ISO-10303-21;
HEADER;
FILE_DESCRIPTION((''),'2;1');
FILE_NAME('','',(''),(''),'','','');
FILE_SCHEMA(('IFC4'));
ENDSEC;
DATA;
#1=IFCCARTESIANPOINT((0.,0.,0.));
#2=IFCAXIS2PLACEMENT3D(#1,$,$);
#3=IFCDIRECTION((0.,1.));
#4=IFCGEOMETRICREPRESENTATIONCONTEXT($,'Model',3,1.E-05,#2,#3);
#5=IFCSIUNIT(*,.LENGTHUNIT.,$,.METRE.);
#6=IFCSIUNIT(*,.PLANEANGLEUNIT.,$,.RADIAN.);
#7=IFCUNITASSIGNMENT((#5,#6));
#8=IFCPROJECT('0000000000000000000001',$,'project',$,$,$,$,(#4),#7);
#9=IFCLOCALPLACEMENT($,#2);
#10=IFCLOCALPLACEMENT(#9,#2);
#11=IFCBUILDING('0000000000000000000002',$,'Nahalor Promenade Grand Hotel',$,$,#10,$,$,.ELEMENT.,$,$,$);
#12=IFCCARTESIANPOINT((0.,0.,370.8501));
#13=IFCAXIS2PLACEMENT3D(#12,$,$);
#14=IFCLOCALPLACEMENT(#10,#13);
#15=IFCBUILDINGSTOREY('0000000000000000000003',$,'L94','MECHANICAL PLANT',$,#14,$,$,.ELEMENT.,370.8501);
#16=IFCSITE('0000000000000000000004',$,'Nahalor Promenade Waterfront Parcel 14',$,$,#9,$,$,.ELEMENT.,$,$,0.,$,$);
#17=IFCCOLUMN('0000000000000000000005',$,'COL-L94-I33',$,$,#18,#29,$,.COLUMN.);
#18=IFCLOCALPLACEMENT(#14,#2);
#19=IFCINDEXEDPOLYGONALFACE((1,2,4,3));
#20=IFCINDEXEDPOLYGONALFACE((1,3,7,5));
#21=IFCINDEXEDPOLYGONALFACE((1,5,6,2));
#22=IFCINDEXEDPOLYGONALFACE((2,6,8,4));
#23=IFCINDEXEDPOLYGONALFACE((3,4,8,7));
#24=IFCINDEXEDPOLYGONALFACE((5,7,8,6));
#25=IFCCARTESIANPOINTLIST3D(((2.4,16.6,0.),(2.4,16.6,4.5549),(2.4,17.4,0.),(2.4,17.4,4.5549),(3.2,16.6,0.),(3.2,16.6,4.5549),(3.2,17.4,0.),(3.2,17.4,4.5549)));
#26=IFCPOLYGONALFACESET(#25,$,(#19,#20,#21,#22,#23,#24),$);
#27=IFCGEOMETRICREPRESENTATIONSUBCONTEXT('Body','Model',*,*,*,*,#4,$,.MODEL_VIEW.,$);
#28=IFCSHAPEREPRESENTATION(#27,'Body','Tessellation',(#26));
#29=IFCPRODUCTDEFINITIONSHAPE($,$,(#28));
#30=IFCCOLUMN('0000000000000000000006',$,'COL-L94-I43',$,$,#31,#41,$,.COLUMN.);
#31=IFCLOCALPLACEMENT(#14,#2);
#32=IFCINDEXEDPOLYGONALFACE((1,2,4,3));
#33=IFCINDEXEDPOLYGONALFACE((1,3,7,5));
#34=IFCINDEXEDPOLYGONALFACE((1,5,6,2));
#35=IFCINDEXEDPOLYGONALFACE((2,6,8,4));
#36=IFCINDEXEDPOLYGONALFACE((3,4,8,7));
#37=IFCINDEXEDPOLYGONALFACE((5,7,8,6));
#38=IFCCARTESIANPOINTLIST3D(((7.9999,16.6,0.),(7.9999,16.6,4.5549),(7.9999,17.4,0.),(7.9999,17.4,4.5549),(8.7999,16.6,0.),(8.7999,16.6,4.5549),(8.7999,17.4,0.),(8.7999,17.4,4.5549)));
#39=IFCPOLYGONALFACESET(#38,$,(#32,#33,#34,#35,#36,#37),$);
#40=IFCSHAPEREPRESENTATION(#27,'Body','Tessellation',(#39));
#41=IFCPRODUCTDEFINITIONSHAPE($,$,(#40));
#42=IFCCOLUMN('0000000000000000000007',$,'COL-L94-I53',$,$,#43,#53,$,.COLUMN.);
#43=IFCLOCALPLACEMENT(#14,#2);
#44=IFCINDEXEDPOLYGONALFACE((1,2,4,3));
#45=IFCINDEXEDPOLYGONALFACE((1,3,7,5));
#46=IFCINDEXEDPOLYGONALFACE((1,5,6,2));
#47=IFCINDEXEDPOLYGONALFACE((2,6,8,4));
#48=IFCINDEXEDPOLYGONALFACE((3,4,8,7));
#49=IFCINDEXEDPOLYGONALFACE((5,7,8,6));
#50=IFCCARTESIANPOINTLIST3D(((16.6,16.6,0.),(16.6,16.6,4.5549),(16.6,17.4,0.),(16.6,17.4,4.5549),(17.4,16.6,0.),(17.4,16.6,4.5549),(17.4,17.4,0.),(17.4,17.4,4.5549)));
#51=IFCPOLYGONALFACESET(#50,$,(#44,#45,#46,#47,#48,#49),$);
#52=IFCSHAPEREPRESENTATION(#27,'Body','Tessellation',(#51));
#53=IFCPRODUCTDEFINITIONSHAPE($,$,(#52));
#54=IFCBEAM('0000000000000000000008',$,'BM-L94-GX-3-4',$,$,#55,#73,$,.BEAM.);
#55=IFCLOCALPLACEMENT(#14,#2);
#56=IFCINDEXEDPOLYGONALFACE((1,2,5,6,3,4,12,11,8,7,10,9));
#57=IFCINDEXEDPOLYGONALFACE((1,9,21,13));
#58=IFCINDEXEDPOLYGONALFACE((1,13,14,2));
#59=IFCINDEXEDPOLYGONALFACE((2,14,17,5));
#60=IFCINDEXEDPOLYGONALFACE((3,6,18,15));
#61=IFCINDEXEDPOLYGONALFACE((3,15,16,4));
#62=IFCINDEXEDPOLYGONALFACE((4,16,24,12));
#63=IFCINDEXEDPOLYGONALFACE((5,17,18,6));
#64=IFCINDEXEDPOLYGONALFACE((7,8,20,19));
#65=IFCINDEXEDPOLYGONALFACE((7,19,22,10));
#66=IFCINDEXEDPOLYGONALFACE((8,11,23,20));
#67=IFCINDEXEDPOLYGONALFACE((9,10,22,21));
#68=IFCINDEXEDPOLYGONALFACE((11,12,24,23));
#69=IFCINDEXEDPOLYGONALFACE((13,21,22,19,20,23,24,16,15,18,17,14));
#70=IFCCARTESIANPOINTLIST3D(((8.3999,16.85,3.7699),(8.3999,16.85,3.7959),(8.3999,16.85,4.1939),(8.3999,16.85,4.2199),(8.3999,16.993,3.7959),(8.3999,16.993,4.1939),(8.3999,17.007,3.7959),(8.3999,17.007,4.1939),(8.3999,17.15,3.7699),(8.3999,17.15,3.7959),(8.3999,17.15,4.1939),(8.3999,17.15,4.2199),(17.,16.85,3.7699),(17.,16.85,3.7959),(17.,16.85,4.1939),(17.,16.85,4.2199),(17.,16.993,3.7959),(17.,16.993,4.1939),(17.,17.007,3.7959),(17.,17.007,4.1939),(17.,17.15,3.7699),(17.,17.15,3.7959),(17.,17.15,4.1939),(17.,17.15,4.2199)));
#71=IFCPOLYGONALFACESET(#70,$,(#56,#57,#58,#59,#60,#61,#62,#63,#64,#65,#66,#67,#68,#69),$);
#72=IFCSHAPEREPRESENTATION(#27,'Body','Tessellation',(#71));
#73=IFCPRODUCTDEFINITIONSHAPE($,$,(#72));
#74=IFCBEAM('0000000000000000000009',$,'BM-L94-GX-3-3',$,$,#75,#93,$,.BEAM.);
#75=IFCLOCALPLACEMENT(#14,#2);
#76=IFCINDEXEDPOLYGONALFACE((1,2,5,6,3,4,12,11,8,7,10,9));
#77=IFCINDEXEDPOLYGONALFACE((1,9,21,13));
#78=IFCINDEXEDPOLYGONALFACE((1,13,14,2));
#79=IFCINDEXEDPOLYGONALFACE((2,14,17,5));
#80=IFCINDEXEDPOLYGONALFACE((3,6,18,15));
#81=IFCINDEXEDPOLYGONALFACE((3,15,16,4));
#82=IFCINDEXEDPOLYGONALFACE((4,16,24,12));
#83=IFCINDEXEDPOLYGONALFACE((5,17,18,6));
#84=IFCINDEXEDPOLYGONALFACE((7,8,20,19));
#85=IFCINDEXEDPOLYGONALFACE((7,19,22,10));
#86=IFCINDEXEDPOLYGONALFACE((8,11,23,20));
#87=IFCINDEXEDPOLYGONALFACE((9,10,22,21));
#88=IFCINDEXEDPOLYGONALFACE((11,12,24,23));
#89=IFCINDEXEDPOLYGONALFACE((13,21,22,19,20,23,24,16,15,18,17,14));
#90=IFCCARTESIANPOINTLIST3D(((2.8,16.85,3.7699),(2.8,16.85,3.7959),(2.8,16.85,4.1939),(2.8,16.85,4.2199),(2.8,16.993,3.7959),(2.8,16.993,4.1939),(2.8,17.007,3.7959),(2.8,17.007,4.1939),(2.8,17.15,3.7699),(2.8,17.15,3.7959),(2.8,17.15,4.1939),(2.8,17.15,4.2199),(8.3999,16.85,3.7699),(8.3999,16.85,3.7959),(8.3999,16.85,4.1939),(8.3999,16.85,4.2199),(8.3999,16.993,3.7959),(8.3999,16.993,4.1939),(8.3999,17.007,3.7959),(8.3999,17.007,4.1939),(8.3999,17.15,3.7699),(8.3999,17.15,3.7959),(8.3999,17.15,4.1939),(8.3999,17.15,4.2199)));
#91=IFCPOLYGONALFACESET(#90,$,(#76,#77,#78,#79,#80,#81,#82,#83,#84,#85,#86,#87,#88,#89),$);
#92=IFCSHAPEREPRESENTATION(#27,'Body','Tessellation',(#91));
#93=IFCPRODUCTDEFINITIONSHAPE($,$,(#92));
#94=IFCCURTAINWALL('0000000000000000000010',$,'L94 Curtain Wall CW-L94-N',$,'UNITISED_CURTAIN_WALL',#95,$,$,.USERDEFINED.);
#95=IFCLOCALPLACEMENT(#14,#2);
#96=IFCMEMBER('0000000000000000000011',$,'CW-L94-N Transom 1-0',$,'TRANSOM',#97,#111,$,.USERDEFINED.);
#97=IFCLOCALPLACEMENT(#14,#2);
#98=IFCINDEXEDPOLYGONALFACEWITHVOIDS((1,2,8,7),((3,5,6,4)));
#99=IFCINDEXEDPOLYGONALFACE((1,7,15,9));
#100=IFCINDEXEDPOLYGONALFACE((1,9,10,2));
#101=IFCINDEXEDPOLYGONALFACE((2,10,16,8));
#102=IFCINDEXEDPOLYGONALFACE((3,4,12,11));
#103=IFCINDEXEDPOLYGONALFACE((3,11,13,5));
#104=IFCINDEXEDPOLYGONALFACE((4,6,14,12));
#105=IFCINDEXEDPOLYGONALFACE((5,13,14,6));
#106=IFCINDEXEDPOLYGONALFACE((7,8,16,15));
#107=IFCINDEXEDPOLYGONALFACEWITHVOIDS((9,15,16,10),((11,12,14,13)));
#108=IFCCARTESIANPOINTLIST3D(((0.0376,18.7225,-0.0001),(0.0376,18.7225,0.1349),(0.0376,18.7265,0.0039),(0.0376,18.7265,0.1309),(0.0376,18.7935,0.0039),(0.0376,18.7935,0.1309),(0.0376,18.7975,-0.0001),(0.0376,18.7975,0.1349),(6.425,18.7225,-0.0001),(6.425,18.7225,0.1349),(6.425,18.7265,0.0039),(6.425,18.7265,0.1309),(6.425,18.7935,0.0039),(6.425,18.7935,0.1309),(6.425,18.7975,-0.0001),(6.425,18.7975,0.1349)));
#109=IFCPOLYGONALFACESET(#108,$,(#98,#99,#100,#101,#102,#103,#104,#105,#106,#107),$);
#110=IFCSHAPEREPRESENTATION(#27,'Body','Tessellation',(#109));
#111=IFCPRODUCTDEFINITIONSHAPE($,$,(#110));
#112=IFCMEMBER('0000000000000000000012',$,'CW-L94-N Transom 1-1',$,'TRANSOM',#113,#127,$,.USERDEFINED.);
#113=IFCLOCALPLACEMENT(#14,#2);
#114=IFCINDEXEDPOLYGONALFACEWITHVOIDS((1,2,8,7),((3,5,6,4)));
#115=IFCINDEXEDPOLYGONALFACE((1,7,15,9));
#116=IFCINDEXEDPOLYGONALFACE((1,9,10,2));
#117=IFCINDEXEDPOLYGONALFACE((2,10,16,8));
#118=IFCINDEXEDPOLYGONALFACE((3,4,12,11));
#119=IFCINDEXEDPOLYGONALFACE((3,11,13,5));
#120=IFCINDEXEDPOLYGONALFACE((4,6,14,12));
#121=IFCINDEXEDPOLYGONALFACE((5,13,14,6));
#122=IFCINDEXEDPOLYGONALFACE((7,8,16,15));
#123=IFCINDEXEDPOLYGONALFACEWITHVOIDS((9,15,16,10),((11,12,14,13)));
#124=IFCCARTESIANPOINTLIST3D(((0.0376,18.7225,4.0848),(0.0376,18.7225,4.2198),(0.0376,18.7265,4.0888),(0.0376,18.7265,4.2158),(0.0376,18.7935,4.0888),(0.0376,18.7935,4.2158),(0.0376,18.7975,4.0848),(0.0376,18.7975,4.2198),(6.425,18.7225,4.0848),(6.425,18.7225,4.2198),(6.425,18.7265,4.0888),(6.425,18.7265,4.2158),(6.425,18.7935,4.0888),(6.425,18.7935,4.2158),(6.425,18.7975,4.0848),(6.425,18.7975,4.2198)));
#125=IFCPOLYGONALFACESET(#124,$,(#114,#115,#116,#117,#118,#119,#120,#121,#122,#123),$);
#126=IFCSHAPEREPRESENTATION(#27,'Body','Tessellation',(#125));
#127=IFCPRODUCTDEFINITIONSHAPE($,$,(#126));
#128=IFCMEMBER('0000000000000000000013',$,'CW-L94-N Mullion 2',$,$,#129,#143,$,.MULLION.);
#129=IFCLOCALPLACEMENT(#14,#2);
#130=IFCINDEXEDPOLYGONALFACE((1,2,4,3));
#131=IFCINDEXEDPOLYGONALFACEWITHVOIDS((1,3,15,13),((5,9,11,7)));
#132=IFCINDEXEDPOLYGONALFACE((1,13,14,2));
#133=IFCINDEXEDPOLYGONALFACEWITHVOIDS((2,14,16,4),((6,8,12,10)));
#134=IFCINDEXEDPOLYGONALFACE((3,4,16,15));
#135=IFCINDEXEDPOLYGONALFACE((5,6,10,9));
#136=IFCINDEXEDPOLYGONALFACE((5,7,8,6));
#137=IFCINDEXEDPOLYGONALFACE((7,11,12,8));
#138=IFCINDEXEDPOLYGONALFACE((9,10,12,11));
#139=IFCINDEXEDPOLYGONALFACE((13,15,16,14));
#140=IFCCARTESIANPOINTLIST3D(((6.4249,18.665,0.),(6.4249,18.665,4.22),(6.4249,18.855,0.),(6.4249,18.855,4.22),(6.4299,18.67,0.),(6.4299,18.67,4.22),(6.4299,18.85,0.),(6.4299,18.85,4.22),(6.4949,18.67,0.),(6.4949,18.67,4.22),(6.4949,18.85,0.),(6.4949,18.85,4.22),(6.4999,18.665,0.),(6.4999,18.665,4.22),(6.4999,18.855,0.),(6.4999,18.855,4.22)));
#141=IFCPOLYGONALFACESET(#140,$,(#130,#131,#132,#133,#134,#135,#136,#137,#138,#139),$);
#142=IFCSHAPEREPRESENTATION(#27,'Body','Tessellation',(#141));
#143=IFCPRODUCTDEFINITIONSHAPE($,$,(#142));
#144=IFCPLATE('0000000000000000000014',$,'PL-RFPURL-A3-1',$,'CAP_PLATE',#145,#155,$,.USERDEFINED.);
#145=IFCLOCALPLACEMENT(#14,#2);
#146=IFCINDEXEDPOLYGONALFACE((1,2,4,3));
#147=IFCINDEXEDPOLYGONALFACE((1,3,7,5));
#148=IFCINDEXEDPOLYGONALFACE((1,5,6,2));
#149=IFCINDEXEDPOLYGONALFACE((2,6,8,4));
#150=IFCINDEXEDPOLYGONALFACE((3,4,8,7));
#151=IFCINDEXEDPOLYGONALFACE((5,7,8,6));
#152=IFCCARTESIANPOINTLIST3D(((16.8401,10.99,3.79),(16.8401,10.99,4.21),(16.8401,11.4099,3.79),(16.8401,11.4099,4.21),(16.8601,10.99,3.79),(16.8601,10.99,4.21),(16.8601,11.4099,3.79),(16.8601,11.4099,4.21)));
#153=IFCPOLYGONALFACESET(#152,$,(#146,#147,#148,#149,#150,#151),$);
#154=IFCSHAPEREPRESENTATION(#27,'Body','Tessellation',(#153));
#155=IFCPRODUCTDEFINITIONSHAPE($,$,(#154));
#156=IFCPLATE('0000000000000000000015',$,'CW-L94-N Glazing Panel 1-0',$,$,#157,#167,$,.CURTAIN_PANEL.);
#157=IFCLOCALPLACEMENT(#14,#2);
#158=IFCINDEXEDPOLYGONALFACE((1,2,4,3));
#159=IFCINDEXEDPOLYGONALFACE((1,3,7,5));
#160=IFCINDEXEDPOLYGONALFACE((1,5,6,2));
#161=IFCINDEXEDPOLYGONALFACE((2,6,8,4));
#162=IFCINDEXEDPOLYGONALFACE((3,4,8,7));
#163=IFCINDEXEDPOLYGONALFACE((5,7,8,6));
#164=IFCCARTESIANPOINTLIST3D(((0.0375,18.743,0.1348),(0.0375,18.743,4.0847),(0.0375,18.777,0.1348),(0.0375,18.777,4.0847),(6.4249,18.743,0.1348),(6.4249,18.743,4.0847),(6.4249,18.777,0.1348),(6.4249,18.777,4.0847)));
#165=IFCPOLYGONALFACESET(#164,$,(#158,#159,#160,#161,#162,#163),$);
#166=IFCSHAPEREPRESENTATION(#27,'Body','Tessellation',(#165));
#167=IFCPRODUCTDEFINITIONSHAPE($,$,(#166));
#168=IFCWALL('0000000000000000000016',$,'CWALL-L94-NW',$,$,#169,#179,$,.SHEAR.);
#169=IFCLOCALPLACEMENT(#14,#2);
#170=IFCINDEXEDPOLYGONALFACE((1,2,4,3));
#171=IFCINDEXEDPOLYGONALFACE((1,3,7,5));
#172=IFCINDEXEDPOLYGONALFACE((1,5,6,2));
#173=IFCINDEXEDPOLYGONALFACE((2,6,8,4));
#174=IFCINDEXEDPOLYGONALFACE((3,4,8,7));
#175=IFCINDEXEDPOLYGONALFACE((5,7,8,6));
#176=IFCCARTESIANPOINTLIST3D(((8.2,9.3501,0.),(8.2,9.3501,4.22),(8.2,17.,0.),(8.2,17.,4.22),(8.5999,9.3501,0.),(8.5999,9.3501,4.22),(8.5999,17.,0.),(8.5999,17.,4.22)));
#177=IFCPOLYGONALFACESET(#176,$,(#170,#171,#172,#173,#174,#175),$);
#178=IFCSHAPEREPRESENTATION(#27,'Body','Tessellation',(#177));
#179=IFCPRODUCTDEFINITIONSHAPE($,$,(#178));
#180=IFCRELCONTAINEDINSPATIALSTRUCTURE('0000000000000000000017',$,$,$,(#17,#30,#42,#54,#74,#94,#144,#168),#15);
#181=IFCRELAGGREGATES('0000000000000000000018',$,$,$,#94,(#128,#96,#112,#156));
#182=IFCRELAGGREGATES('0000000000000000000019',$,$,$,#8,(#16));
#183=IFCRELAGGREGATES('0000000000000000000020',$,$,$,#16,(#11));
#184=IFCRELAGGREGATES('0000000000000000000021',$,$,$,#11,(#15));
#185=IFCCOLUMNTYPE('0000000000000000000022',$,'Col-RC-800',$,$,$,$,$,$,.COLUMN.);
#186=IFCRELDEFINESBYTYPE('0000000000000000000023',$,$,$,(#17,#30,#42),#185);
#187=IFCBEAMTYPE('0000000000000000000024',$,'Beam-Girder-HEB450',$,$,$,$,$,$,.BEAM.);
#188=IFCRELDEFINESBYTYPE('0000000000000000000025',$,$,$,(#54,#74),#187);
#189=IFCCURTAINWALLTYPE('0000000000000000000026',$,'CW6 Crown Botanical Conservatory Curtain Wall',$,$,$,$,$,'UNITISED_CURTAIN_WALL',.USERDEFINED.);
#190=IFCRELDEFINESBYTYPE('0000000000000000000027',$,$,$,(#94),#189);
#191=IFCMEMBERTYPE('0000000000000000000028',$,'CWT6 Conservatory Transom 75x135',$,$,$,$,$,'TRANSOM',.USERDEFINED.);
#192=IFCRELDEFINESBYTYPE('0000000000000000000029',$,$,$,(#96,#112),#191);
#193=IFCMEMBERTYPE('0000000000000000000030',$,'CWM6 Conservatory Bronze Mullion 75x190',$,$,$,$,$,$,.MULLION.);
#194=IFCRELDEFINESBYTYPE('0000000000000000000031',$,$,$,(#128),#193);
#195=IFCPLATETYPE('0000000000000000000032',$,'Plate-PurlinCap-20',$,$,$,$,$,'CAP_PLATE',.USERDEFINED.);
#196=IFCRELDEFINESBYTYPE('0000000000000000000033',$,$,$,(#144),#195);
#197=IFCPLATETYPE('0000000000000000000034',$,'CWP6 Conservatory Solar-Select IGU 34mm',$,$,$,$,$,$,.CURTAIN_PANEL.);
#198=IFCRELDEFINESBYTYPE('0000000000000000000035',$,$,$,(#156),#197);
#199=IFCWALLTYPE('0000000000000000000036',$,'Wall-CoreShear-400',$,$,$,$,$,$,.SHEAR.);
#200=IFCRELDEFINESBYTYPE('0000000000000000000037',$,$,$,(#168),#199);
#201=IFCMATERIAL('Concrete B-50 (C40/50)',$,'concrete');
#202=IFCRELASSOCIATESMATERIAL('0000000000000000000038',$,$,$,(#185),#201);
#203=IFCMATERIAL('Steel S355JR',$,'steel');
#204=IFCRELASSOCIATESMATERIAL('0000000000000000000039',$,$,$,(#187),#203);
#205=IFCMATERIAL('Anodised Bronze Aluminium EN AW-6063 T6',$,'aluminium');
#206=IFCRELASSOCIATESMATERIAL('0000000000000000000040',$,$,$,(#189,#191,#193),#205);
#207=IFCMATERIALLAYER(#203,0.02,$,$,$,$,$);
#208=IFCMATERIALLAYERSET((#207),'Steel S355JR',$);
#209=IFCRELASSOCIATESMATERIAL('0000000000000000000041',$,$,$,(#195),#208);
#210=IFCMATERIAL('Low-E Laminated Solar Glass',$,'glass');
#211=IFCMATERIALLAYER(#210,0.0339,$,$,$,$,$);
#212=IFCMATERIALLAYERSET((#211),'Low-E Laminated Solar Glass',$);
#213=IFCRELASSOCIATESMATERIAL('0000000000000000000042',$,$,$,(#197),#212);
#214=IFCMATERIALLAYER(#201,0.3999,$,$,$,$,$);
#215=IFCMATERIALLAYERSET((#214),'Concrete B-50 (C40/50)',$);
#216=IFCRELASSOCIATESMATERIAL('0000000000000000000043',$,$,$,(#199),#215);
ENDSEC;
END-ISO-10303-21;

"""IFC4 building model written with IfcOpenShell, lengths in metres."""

from ifc_helpers import new_model, si_unit, direction, frame, frame_2d, origin, origin_2d, place, context, subcontext, project, spatial, rectangle, hollow_rectangle, i_section, extrude, source, transform, mapped, material, layer, layer_set, material_profile, profile_set, type_object, element, aggregate, save


model = new_model("IFC4")

# Units and contexts
model_context = context("Model", 3, precision=1e-05, world=origin(), true_north=direction((0.0, 1.0)))
body_context = subcontext(model_context, "Body", "Model", "MODEL_VIEW")
ifc_project = project(units=[si_unit("LENGTHUNIT", "METRE"), si_unit("PLANEANGLEUNIT", "RADIAN")], contexts=[model_context])

# Site, building, storey
site_placement = place(None, origin())
site = spatial("IfcSite", under=ifc_project, at=site_placement, Name="Nahalor Promenade Waterfront Parcel 14", CompositionType="ELEMENT", RefElevation=0.0)
building_placement = place(site_placement, origin())
building = spatial("IfcBuilding", under=site, at=building_placement, Name="Nahalor Promenade Grand Hotel", CompositionType="ELEMENT")
storey_placement = place(building_placement, frame((0.0, 0.0, 370.8501)))
storey = spatial("IfcBuildingStorey", under=building, at=storey_placement, Name="L94", Description="MECHANICAL PLANT", CompositionType="ELEMENT", Elevation=370.8501)

# Columns
ifc_material_1 = material(Name="Concrete B-50 (C40/50)", Category="concrete")
ifc_material_profile_1 = material_profile(ifc_material_1, rectangle(XDim=0.8, YDim=0.8, at=origin_2d()), Name="RC 800x800")
ifc_profile_set_1 = profile_set([ifc_material_profile_1], Name="Concrete B-50 (C40/50)")
column_type = type_object("IfcColumnType", Name="Col-RC-800", PredefinedType="COLUMN", material=ifc_profile_set_1)
shared_shape_1 = source(origin(), body_context, "Body", "SweptSolid", [
    extrude(rectangle(XDim=0.8, YDim=0.8, at=origin_2d()), origin(), (0.0, 0.0, 1.0), 4.5549),
])
for number, where, z_axis, x_axis, name in (
    (1, (2.8, 17.0, 0.0), (0.0, 0.0, 1.0), (1.0, 0.0, 0.0), "COL-L94-I33"),
    (2, (8.3999, 17.0, 0.0), (0.0, 0.0, 1.0), (1.0, 0.0, 0.0), "COL-L94-I43"),
    (3, (17.0, 17.0, 0.0), (0.0, 0.0, 1.0), (1.0, 0.0, 0.0), "COL-L94-I53"),
):
    element("IfcColumn", number, at=place(storey_placement, frame(where, z_axis=z_axis, x_axis=x_axis)), inside=storey, type_object=column_type, Name=name, PredefinedType="COLUMN", context=body_context, shape_type="MappedRepresentation", body=[
        mapped(shared_shape_1, transform((0.0, 0.0, 0.0), scale=1.0)),
    ])

# Beams
ifc_material_2 = material(Name="Steel S355JR", Category="steel")
ifc_material_profile_2 = material_profile(ifc_material_2, i_section(OverallWidth=0.3, OverallDepth=0.45, WebThickness=0.014, FlangeThickness=0.026, at=origin_2d()), Name="HEB 450")
ifc_profile_set_2 = profile_set([ifc_material_profile_2], Name="Steel S355JR")
beam_type = type_object("IfcBeamType", Name="Beam-Girder-HEB450", PredefinedType="BEAM", material=ifc_profile_set_2)
shared_shape_2 = source(origin(), body_context, "Body", "SweptSolid", [
    extrude(i_section(OverallWidth=0.3, OverallDepth=0.45, WebThickness=0.014, FlangeThickness=0.026, at=origin_2d()), origin(), (0.0, 0.0, 1.0), 8.6001),
])
beam_1_placement = place(storey_placement, frame((8.3999, 17.0, 3.9949), z_axis=(1.0, 0.0, 0.0), x_axis=(0.0, 1.0, 0.0)))
element("IfcBeam", 4, at=beam_1_placement, inside=storey, type_object=beam_type, Name="BM-L94-GX-3-4", PredefinedType="BEAM", context=body_context, shape_type="MappedRepresentation", body=[
    mapped(shared_shape_2, transform((0.0, 0.0, 0.0), scale=1.0)),
])
shared_shape_3 = source(origin(), body_context, "Body", "SweptSolid", [
    extrude(i_section(OverallWidth=0.3, OverallDepth=0.45, WebThickness=0.014, FlangeThickness=0.026, at=origin_2d()), origin(), (0.0, 0.0, 1.0), 5.5999),
])
beam_2_placement = place(storey_placement, frame((2.8, 17.0, 3.9949), z_axis=(1.0, 0.0, 0.0), x_axis=(0.0, 1.0, 0.0)))
element("IfcBeam", 5, at=beam_2_placement, inside=storey, type_object=beam_type, Name="BM-L94-GX-3-3", PredefinedType="BEAM", context=body_context, shape_type="MappedRepresentation", body=[
    mapped(shared_shape_3, transform((0.0, 0.0, 0.0), scale=1.0)),
])

# Curtain wall, members
ifc_material_3 = material(Name="Anodised Bronze Aluminium EN AW-6063 T6", Category="aluminium")
curtain_wall_type = type_object("IfcCurtainWallType", Name="CW6 Crown Botanical Conservatory Curtain Wall", ElementType="UNITISED_CURTAIN_WALL", PredefinedType="USERDEFINED", material=ifc_material_3)
curtain_wall_placement = place(storey_placement, origin())
curtain_wall = element("IfcCurtainWall", 6, at=curtain_wall_placement, inside=storey, type_object=curtain_wall_type, Name="L94 Curtain Wall CW-L94-N", ObjectType="UNITISED_CURTAIN_WALL", PredefinedType="USERDEFINED")
ifc_material_profile_3 = material_profile(ifc_material_3, hollow_rectangle(XDim=0.075, YDim=0.135, WallThickness=0.004, at=origin_2d()), Name="CWT 75x135x4")
ifc_profile_set_3 = profile_set([ifc_material_profile_3], Name="Anodised Bronze Aluminium EN AW-6063 T6")
member_type_1 = type_object("IfcMemberType", Name="CWT6 Conservatory Transom 75x135", ElementType="TRANSOM", PredefinedType="USERDEFINED", material=ifc_profile_set_3)
shared_shape_4 = source(origin(), body_context, "Body", "SweptSolid", [
    extrude(hollow_rectangle(XDim=0.075, YDim=0.135, WallThickness=0.004, at=origin_2d()), origin(), (0.0, 0.0, 1.0), 6.3875),
])
member_1_placement = place(storey_placement, frame((0.0376, 18.76, 0.0674), z_axis=(1.0, 0.0, 0.0), x_axis=(0.0, 1.0, 0.0)))
member_1 = element("IfcMember", 7, at=member_1_placement, type_object=member_type_1, Name="CW-L94-N Transom 1-0", ObjectType="TRANSOM", PredefinedType="USERDEFINED", context=body_context, shape_type="MappedRepresentation", body=[
    mapped(shared_shape_4, transform((0.0, 0.0, 0.0), scale=1.0)),
])
member_2_placement = place(storey_placement, frame((0.0376, 18.76, 4.1523), z_axis=(1.0, 0.0, 0.0), x_axis=(0.0, 1.0, 0.0)))
member_2 = element("IfcMember", 8, at=member_2_placement, type_object=member_type_1, Name="CW-L94-N Transom 1-1", ObjectType="TRANSOM", PredefinedType="USERDEFINED", context=body_context, shape_type="MappedRepresentation", body=[
    mapped(shared_shape_4, transform((0.0, 0.0, 0.0), scale=1.0)),
])
ifc_material_profile_4 = material_profile(ifc_material_3, hollow_rectangle(XDim=0.075, YDim=0.19, WallThickness=0.005, at=origin_2d()), Name="CWM 75x190x5")
ifc_profile_set_4 = profile_set([ifc_material_profile_4], Name="Anodised Bronze Aluminium EN AW-6063 T6")
member_type_2 = type_object("IfcMemberType", Name="CWM6 Conservatory Bronze Mullion 75x190", PredefinedType="MULLION", material=ifc_profile_set_4)
shared_shape_5 = source(origin(), body_context, "Body", "SweptSolid", [
    extrude(hollow_rectangle(XDim=0.075, YDim=0.19, WallThickness=0.005, at=origin_2d()), origin(), (0.0, 0.0, 1.0), 4.22),
])
member_3_placement = place(storey_placement, frame((6.4624, 18.76, 0.0), z_axis=(0.0, 0.0, 1.0), x_axis=(1.0, 0.0, 0.0)))
member_3 = element("IfcMember", 9, at=member_3_placement, type_object=member_type_2, Name="CW-L94-N Mullion 2", PredefinedType="MULLION", context=body_context, shape_type="MappedRepresentation", body=[
    mapped(shared_shape_5, transform((0.0, 0.0, 0.0), scale=1.0)),
])

# Plates
ifc_layer_1 = layer(ifc_material_2, 0.02)
ifc_layer_set_1 = layer_set([ifc_layer_1], Name="Steel S355JR")
plate_type_1 = type_object("IfcPlateType", Name="Plate-PurlinCap-20", ElementType="CAP_PLATE", PredefinedType="USERDEFINED", material=ifc_layer_set_1)
shared_shape_6 = source(origin(), body_context, "Body", "SweptSolid", [
    extrude(rectangle(XDim=0.4199, YDim=0.02, at=origin_2d()), origin(), (0.0, 0.0, 1.0), 0.4199),
])
plate_1_placement = place(storey_placement, frame((16.8501, 11.2, 3.79), z_axis=(0.0, 0.0, 1.0), x_axis=(0.0, 1.0, 0.0)))
element("IfcPlate", 10, at=plate_1_placement, inside=storey, type_object=plate_type_1, Name="PL-RFPURL-A3-1", ObjectType="CAP_PLATE", PredefinedType="USERDEFINED", context=body_context, shape_type="MappedRepresentation", body=[
    mapped(shared_shape_6, transform((0.0, 0.0, 0.0), scale=1.0)),
])
ifc_material_4 = material(Name="Low-E Laminated Solar Glass", Category="glass")
ifc_layer_2 = layer(ifc_material_4, 0.0339)
ifc_layer_set_2 = layer_set([ifc_layer_2], Name="Low-E Laminated Solar Glass")
plate_type_2 = type_object("IfcPlateType", Name="CWP6 Conservatory Solar-Select IGU 34mm", PredefinedType="CURTAIN_PANEL", material=ifc_layer_set_2)
shared_shape_7 = source(origin(), body_context, "Body", "SweptSolid", [
    extrude(rectangle(XDim=6.3875, YDim=0.0339, at=origin_2d()), origin(), (0.0, 0.0, 1.0), 3.95),
])
plate_2_placement = place(storey_placement, frame((3.2312, 18.76, 0.1348), z_axis=(0.0, 0.0, 1.0), x_axis=(1.0, 0.0, 0.0)))
plate_2 = element("IfcPlate", 11, at=plate_2_placement, type_object=plate_type_2, Name="CW-L94-N Glazing Panel 1-0", PredefinedType="CURTAIN_PANEL", context=body_context, shape_type="MappedRepresentation", body=[
    mapped(shared_shape_7, transform((0.0, 0.0, 0.0), scale=1.0)),
])
aggregate(curtain_wall, [member_3, member_1, member_2, plate_2])

# Wall
ifc_layer_3 = layer(ifc_material_1, 0.3999)
ifc_layer_set_3 = layer_set([ifc_layer_3], Name="Concrete B-50 (C40/50)")
wall_type_1 = type_object("IfcWallType", Name="Wall-CoreShear-400", PredefinedType="SHEAR", material=ifc_layer_set_3)
shared_shape_8 = source(origin(), body_context, "Body", "SweptSolid", [
    extrude(rectangle(XDim=7.6499, YDim=0.3999, at=frame_2d((3.825, 0.0))), origin(), (0.0, 0.0, 1.0), 4.22),
])
wall_1_placement = place(storey_placement, frame((8.3999, 9.3501, 0.0), z_axis=(0.0, 0.0, 1.0), x_axis=(0.0, 1.0, 0.0)))
element("IfcWall", 12, at=wall_1_placement, inside=storey, type_object=wall_type_1, Name="CWALL-L94-NW", PredefinedType="SHEAR", context=body_context, shape_type="MappedRepresentation", body=[
    mapped(shared_shape_8, transform((0.0, 0.0, 0.0), scale=1.0)),
])

save(model, "model.ifc")
